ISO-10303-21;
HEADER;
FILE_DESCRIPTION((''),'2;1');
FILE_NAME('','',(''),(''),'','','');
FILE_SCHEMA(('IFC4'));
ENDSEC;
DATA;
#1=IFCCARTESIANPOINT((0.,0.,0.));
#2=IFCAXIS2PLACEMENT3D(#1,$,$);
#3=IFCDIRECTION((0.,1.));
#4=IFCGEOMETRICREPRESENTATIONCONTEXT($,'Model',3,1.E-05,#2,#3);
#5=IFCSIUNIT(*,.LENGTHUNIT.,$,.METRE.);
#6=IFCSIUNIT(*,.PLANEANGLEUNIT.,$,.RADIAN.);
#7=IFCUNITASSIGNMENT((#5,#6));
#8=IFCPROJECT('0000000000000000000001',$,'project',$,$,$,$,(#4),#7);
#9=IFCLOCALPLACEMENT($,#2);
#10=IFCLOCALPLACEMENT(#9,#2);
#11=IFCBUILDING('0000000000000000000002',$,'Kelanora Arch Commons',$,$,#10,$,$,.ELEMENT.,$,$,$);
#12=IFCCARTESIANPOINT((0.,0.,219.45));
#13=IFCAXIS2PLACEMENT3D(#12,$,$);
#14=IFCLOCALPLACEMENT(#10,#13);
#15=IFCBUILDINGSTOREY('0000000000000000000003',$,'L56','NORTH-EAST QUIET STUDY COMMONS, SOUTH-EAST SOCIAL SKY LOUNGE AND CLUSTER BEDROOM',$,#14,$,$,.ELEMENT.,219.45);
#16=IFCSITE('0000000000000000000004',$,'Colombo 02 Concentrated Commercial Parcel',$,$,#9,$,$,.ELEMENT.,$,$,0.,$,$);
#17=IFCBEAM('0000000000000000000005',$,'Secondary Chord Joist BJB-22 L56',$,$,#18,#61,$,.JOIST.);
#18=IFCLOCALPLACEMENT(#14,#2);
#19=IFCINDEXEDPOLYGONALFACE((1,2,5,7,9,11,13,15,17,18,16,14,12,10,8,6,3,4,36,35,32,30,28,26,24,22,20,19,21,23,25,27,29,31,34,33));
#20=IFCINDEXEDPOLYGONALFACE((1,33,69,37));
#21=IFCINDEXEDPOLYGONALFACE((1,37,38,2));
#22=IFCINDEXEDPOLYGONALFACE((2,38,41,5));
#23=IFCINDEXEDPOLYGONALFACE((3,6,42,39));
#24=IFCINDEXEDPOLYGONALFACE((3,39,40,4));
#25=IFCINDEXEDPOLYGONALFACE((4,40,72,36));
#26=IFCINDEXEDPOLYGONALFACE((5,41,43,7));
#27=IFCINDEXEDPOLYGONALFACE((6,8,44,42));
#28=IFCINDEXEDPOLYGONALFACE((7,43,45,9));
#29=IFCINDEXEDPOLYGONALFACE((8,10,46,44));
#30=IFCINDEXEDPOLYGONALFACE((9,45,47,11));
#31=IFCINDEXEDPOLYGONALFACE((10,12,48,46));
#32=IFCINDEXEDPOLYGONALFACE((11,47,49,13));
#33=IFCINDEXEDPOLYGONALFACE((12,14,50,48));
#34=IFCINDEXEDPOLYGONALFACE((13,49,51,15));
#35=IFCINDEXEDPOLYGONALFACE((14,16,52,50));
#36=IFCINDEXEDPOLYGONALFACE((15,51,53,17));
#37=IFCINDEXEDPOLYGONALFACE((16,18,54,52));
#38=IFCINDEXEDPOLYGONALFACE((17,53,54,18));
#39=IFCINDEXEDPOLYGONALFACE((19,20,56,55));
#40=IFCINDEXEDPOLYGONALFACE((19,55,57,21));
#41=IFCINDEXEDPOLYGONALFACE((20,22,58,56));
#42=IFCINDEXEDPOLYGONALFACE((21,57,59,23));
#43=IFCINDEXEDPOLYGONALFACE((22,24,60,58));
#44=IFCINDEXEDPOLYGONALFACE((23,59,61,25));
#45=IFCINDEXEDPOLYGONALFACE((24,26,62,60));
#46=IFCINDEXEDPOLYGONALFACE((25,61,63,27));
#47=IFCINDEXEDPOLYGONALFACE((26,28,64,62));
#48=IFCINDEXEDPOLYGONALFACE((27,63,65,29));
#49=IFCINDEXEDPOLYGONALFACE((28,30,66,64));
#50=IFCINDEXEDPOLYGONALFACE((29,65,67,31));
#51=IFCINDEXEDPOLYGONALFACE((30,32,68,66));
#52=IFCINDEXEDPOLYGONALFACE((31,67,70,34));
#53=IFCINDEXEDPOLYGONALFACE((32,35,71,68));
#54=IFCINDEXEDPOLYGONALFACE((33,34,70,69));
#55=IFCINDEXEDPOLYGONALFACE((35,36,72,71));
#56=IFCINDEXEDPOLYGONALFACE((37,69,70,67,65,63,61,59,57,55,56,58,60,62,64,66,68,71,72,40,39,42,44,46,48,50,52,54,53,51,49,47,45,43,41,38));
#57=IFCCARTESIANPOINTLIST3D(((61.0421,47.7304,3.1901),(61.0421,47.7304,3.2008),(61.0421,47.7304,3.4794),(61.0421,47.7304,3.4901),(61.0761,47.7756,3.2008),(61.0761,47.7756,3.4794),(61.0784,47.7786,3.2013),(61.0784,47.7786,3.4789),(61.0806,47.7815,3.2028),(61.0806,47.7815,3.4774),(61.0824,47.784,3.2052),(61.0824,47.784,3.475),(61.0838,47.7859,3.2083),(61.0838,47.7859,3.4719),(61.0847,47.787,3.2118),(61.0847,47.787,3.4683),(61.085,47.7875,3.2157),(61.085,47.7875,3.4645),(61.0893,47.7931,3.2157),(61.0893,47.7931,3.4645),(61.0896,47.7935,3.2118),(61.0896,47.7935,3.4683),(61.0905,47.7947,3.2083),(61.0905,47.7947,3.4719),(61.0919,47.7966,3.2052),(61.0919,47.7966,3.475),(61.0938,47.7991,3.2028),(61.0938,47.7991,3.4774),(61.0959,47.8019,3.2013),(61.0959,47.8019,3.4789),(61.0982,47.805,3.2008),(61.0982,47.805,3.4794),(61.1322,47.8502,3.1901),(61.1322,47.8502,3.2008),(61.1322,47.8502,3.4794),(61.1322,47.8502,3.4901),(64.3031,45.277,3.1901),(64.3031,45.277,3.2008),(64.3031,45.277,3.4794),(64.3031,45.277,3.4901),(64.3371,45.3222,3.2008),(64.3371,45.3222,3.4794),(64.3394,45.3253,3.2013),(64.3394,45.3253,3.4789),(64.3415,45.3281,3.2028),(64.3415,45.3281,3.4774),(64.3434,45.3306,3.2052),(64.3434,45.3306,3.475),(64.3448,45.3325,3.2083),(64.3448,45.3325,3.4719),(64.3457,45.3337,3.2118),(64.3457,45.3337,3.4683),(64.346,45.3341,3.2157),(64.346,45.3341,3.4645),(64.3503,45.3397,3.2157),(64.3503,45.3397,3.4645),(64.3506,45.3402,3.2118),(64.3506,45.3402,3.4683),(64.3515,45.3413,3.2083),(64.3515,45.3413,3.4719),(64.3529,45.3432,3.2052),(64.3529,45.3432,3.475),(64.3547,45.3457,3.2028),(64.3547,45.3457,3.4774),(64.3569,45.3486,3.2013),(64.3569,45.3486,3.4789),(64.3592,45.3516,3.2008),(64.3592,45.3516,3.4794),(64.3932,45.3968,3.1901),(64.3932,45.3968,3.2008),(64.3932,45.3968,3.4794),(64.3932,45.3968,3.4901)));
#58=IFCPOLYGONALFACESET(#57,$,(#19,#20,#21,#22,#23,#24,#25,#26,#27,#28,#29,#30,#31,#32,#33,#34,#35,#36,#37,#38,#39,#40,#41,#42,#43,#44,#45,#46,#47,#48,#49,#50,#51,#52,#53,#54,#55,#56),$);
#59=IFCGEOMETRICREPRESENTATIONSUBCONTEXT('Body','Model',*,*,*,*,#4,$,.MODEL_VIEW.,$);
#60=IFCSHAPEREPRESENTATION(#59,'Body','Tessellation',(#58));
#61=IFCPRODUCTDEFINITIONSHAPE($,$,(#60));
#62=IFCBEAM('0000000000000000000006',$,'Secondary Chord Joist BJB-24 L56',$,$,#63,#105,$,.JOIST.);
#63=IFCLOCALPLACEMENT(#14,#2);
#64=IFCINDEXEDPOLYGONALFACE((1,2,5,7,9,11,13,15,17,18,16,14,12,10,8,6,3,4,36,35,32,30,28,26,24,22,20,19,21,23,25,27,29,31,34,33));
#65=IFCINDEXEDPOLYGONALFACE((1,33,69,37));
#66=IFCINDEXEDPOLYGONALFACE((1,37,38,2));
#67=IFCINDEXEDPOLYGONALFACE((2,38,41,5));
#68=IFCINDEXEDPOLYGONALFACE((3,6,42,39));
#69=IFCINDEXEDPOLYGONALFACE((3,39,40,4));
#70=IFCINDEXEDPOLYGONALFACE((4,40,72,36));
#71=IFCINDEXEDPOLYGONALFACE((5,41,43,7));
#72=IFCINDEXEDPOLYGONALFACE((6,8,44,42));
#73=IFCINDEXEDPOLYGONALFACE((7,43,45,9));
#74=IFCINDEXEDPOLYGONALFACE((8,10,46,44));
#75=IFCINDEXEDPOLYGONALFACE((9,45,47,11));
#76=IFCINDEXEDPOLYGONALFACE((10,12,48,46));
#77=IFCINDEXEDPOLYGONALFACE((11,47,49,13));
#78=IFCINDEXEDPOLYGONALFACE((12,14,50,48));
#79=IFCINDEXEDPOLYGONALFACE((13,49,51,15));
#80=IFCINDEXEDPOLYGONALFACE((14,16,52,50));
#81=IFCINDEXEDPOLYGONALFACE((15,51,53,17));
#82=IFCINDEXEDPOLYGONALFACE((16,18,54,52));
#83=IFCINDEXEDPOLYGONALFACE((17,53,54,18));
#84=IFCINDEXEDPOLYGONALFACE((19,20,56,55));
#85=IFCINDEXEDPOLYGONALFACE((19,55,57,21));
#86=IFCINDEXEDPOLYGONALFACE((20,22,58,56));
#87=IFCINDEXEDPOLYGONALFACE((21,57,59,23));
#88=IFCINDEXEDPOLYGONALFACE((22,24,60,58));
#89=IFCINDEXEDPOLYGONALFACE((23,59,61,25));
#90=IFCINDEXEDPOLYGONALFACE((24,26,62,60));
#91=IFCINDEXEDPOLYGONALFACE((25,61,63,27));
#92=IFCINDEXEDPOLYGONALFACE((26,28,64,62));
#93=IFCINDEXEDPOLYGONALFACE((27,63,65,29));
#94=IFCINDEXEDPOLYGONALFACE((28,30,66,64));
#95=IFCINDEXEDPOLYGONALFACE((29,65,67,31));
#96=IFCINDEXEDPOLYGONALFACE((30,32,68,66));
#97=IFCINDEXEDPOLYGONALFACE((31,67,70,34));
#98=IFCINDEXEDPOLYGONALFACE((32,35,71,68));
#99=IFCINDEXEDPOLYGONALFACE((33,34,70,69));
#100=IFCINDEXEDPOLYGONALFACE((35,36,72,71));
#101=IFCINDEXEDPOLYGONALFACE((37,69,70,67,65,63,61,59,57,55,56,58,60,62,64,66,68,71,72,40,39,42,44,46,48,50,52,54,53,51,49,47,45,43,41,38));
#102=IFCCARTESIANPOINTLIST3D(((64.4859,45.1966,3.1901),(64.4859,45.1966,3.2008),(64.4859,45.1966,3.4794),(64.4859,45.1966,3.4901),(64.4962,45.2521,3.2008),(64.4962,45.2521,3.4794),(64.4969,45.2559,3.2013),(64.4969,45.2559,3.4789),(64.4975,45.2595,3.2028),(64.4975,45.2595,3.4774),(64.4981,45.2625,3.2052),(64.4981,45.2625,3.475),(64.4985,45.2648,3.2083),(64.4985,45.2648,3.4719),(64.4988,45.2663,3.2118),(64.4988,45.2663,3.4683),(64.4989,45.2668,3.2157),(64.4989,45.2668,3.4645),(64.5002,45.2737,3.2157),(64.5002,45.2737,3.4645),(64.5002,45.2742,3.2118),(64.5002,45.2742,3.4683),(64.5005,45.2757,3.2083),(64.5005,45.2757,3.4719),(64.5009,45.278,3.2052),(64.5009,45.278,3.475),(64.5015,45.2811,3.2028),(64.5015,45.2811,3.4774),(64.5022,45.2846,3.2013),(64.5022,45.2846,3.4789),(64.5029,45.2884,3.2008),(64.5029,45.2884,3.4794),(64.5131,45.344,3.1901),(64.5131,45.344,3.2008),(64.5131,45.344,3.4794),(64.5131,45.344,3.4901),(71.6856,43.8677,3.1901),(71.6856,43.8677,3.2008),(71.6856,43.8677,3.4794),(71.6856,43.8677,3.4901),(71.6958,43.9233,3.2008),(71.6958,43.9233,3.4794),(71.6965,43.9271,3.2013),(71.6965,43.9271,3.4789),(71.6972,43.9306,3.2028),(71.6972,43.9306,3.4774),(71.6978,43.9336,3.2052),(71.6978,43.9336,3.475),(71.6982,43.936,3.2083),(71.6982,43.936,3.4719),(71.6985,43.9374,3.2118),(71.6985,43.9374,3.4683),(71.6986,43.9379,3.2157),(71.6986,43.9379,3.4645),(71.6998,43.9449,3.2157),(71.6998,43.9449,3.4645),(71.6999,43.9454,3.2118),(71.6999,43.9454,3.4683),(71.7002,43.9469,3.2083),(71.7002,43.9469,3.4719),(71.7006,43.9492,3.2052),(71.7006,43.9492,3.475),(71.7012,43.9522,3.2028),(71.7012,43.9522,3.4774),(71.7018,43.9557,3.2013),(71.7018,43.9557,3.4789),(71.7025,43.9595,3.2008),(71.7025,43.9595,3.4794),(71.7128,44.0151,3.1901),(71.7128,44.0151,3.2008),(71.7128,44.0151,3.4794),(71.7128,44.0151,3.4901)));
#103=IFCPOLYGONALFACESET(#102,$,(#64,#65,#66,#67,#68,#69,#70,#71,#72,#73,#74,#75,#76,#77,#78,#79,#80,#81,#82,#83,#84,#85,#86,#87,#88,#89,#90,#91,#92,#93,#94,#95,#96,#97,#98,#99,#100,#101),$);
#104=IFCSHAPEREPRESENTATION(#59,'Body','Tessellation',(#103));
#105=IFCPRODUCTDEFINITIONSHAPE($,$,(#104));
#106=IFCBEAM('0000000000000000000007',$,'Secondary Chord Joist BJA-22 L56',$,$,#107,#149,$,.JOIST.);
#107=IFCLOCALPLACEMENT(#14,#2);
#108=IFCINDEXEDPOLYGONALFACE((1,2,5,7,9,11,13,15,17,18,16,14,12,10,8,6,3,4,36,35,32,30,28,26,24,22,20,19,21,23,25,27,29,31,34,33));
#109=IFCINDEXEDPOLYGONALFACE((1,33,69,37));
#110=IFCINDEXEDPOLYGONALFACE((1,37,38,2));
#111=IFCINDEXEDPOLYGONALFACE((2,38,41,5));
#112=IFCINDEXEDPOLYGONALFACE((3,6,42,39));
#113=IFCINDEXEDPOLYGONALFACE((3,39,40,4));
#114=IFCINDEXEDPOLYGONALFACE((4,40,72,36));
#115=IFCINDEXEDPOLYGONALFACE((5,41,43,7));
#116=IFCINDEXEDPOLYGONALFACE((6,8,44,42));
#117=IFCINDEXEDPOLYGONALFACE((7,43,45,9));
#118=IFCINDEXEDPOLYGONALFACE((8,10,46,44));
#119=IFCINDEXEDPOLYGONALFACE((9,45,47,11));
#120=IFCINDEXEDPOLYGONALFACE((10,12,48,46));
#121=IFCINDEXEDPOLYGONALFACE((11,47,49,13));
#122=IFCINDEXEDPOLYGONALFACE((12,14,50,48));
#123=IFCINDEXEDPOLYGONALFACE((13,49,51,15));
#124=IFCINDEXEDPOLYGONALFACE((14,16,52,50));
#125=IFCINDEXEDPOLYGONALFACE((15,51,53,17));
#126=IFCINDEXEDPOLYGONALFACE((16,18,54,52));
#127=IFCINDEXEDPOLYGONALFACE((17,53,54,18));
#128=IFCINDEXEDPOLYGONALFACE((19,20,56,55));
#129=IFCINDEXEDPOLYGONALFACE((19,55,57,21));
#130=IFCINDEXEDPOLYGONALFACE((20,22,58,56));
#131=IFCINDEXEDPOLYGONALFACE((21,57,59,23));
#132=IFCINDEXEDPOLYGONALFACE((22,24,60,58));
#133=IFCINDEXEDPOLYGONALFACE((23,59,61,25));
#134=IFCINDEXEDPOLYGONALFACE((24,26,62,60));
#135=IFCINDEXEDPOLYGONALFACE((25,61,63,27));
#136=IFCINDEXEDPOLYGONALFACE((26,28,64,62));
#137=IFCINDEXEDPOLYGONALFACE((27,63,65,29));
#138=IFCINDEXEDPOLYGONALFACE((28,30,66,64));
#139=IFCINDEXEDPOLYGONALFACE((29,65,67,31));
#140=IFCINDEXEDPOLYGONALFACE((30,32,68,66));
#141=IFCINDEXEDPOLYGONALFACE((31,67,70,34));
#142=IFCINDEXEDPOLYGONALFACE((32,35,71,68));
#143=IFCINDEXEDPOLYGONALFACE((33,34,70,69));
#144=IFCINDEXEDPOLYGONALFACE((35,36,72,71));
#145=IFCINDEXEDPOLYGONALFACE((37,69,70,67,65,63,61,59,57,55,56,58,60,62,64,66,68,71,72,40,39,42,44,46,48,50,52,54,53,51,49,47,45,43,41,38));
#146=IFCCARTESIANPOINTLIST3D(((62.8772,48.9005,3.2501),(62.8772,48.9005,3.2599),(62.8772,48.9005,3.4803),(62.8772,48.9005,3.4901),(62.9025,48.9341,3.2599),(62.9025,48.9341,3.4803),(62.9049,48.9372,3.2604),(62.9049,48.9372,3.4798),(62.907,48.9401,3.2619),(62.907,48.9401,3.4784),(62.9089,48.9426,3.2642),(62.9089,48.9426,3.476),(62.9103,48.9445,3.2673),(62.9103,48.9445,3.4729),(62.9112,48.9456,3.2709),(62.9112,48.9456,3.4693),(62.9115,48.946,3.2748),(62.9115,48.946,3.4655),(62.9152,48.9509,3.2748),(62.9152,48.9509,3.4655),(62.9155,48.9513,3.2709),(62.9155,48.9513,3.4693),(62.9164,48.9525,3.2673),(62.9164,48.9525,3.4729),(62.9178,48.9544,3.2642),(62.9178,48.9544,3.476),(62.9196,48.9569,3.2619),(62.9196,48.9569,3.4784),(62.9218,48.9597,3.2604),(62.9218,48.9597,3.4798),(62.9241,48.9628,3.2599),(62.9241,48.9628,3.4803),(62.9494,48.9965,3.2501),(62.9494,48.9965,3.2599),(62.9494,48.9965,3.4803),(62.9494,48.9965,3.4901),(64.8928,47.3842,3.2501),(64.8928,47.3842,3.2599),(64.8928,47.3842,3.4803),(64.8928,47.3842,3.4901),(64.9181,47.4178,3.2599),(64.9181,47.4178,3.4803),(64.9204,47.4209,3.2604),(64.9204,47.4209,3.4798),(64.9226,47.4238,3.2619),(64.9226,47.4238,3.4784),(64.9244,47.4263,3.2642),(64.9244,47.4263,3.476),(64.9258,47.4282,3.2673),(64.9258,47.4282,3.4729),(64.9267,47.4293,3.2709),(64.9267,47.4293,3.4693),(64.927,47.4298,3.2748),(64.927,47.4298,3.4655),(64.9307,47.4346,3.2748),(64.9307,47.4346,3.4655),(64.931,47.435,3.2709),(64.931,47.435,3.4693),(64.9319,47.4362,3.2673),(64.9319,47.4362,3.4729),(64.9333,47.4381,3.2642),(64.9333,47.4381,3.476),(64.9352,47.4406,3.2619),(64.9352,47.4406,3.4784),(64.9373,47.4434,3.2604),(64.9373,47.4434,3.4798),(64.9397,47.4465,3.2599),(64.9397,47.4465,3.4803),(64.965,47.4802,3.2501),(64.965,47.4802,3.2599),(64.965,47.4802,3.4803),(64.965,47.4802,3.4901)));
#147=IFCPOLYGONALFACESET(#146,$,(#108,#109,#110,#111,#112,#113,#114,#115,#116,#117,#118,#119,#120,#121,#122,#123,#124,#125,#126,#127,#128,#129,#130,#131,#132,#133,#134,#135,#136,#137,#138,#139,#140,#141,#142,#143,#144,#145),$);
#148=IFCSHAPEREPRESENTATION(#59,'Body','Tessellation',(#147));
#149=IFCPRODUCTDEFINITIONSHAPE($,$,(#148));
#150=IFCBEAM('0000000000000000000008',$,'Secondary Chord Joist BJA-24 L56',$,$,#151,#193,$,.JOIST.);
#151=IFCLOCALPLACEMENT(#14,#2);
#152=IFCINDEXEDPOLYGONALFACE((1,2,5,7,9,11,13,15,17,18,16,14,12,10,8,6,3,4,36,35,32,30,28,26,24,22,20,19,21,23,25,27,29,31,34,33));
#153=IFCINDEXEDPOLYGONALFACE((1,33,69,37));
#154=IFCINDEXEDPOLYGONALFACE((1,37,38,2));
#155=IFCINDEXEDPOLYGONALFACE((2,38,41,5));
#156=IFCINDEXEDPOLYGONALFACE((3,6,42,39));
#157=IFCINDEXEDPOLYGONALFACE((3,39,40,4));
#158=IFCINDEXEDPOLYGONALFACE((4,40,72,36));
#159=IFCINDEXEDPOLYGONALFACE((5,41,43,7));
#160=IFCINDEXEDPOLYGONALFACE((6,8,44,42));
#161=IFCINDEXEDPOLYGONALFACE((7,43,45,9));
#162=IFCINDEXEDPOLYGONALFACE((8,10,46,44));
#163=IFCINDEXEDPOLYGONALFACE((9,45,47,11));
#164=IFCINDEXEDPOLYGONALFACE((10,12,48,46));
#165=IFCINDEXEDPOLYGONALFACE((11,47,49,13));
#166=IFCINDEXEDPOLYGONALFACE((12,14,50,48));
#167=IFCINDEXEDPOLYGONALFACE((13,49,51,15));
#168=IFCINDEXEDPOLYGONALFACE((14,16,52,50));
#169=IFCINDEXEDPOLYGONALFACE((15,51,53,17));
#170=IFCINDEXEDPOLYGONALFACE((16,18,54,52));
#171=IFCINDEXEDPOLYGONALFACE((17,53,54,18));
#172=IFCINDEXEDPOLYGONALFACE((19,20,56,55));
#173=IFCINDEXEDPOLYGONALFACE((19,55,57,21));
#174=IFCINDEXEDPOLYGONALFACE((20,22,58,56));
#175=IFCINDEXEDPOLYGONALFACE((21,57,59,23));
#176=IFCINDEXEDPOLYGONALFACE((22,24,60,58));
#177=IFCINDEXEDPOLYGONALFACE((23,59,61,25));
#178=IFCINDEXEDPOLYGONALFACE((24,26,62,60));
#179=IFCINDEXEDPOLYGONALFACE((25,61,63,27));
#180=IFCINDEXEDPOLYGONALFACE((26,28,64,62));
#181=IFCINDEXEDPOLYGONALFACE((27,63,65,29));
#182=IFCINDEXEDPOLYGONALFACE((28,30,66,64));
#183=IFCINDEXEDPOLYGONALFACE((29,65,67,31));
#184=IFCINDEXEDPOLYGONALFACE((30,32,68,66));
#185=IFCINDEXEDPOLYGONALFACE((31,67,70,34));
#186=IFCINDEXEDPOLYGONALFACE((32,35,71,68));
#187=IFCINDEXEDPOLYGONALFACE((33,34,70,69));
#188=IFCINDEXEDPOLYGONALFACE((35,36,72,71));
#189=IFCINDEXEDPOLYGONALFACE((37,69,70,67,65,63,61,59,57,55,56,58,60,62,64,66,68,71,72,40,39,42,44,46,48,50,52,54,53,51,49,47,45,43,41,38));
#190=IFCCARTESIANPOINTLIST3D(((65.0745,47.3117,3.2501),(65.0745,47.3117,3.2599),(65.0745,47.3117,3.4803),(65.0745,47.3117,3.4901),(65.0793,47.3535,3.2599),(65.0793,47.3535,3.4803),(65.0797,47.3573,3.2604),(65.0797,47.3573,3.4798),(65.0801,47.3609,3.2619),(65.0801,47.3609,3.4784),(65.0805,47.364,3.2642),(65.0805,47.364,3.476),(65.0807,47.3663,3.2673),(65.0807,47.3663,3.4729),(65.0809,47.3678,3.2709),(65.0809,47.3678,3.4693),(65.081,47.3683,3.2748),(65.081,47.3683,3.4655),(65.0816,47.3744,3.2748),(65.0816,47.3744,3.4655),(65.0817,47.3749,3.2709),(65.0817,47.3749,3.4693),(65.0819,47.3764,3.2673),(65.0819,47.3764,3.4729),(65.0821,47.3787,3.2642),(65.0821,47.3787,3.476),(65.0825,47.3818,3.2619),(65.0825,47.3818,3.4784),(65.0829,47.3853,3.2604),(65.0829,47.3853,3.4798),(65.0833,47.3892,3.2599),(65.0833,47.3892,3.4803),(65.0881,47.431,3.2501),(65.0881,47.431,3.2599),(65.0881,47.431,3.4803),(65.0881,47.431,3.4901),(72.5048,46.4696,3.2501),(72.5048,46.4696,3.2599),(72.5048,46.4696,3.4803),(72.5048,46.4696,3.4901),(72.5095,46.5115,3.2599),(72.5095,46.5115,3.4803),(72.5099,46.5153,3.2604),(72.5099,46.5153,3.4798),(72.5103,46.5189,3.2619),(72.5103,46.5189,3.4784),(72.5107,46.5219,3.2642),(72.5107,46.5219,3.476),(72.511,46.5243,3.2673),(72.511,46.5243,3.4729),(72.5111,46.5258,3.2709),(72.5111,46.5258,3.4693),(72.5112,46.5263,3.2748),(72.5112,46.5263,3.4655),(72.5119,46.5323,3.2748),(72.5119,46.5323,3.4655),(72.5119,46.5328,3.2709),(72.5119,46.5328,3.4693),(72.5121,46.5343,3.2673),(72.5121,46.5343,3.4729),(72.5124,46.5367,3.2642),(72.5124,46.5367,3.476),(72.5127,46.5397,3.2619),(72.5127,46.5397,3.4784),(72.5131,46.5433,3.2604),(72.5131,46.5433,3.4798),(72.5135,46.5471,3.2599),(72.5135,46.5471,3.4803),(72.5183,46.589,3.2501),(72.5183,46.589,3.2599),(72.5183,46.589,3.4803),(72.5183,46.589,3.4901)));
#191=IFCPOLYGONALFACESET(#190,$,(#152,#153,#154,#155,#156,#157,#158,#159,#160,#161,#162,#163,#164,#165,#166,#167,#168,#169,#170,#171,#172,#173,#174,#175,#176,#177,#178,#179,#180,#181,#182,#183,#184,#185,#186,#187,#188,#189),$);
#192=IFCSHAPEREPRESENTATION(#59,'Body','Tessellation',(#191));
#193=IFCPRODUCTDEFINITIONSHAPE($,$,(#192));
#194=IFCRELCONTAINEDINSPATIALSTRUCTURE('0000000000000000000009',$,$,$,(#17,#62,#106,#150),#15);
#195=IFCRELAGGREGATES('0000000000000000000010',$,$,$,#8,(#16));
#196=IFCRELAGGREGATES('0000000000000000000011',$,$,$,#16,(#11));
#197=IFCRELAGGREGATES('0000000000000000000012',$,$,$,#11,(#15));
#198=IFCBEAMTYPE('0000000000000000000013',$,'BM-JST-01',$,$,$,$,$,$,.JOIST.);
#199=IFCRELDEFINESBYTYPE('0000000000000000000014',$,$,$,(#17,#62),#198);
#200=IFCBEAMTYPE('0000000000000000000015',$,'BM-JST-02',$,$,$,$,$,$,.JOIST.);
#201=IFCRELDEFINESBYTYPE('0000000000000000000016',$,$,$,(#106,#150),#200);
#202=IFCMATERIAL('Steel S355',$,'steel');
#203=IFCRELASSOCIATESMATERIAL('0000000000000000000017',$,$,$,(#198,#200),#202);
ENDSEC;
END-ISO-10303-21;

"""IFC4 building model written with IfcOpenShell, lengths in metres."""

from ifc_helpers import new_model, si_unit, direction, frame, origin, origin_2d, place, context, subcontext, project, spatial, i_section, extrude, material, material_profile, profile_set, type_object, element, save


model = new_model("IFC4")

# Units and contexts
model_context = context("Model", 3, precision=1e-05, world=origin(), true_north=direction((0.0, 1.0)))
body_context = subcontext(model_context, "Body", "Model", "MODEL_VIEW")
ifc_project = project(units=[si_unit("LENGTHUNIT", "METRE"), si_unit("PLANEANGLEUNIT", "RADIAN")], contexts=[model_context])

# Site, building, storey
site_placement = place(None, origin())
site = spatial("IfcSite", under=ifc_project, at=site_placement, Name="Colombo 02 Concentrated Commercial Parcel", CompositionType="ELEMENT", RefElevation=0.0)
building_placement = place(site_placement, origin())
building = spatial("IfcBuilding", under=site, at=building_placement, Name="Kelanora Arch Commons", CompositionType="ELEMENT")
storey_placement = place(building_placement, frame((0.0, 0.0, 219.45)))
storey = spatial("IfcBuildingStorey", under=building, at=storey_placement, Name="L56", Description="NORTH-EAST QUIET STUDY COMMONS, SOUTH-EAST SOCIAL SKY LOUNGE AND CLUSTER BEDROOM", CompositionType="ELEMENT", Elevation=219.45)

# Beams
ifc_material_1 = material(Name="Steel S355", Category="steel")
ifc_material_profile_1 = material_profile(ifc_material_1, i_section(OverallWidth=0.1499, OverallDepth=0.3, WebThickness=0.0071, FlangeThickness=0.0107, FilletRadius=0.0149, at=origin_2d()), Name="IPE300")
ifc_profile_set_1 = profile_set([ifc_material_profile_1], Name="Steel S355")
beam_type_1 = type_object("IfcBeamType", Name="BM-JST-01", PredefinedType="JOIST", material=ifc_profile_set_1)
beam_1_placement = place(storey_placement, frame((61.0872, 47.7903, 3.3401), z_axis=(0.799102, -0.601196, 0.0), x_axis=(0.601196, 0.799102, 0.0)))
element("IfcBeam", 1, at=beam_1_placement, inside=storey, type_object=beam_type_1, Name="Secondary Chord Joist BJB-22 L56", PredefinedType="JOIST", context=body_context, shape_type="SweptSolid", body=[
    extrude(i_section(OverallWidth=0.1499, OverallDepth=0.3, WebThickness=0.0071, FlangeThickness=0.0107, FilletRadius=0.0149, at=origin_2d()), origin(), (0.0, 0.0, 1.0), 4.0808),
])
beam_2_placement = place(storey_placement, frame((64.4995, 45.2703, 3.3401), z_axis=(0.98339, -0.181505, 0.0), x_axis=(0.181505, 0.98339, 0.0)))
element("IfcBeam", 2, at=beam_2_placement, inside=storey, type_object=beam_type_1, Name="Secondary Chord Joist BJB-24 L56", PredefinedType="JOIST", context=body_context, shape_type="SweptSolid", body=[
    extrude(i_section(OverallWidth=0.1499, OverallDepth=0.3, WebThickness=0.0071, FlangeThickness=0.0107, FilletRadius=0.0149, at=origin_2d()), origin(), (0.0, 0.0, 1.0), 7.3213),
])
ifc_material_profile_2 = material_profile(ifc_material_1, i_section(OverallWidth=0.1201, OverallDepth=0.24, WebThickness=0.0061, FlangeThickness=0.0098, FilletRadius=0.0149, at=origin_2d()), Name="IPE240")
ifc_profile_set_2 = profile_set([ifc_material_profile_2], Name="Steel S355")
beam_type_2 = type_object("IfcBeamType", Name="BM-JST-02", PredefinedType="JOIST", material=ifc_profile_set_2)
beam_3_placement = place(storey_placement, frame((62.9133, 48.9485, 3.3701), z_axis=(0.799116, -0.601176, 0.0), x_axis=(0.601176, 0.799116, 0.0)))
element("IfcBeam", 3, at=beam_3_placement, inside=storey, type_object=beam_type_2, Name="Secondary Chord Joist BJA-22 L56", PredefinedType="JOIST", context=body_context, shape_type="SweptSolid", body=[
    extrude(i_section(OverallWidth=0.1201, OverallDepth=0.24, WebThickness=0.0061, FlangeThickness=0.0098, FilletRadius=0.0149, at=origin_2d()), origin(), (0.0, 0.0, 1.0), 2.5222),
])
beam_4_placement = place(storey_placement, frame((65.0813, 47.3713, 3.3701), z_axis=(0.99364, -0.112606, 0.0), x_axis=(0.112606, 0.99364, 0.0)))
element("IfcBeam", 4, at=beam_4_placement, inside=storey, type_object=beam_type_2, Name="Secondary Chord Joist BJA-24 L56", PredefinedType="JOIST", context=body_context, shape_type="SweptSolid", body=[
    extrude(i_section(OverallWidth=0.1201, OverallDepth=0.24, WebThickness=0.0061, FlangeThickness=0.0098, FilletRadius=0.0149, at=origin_2d()), origin(), (0.0, 0.0, 1.0), 7.4778),
])

save(model, "model.ifc")
